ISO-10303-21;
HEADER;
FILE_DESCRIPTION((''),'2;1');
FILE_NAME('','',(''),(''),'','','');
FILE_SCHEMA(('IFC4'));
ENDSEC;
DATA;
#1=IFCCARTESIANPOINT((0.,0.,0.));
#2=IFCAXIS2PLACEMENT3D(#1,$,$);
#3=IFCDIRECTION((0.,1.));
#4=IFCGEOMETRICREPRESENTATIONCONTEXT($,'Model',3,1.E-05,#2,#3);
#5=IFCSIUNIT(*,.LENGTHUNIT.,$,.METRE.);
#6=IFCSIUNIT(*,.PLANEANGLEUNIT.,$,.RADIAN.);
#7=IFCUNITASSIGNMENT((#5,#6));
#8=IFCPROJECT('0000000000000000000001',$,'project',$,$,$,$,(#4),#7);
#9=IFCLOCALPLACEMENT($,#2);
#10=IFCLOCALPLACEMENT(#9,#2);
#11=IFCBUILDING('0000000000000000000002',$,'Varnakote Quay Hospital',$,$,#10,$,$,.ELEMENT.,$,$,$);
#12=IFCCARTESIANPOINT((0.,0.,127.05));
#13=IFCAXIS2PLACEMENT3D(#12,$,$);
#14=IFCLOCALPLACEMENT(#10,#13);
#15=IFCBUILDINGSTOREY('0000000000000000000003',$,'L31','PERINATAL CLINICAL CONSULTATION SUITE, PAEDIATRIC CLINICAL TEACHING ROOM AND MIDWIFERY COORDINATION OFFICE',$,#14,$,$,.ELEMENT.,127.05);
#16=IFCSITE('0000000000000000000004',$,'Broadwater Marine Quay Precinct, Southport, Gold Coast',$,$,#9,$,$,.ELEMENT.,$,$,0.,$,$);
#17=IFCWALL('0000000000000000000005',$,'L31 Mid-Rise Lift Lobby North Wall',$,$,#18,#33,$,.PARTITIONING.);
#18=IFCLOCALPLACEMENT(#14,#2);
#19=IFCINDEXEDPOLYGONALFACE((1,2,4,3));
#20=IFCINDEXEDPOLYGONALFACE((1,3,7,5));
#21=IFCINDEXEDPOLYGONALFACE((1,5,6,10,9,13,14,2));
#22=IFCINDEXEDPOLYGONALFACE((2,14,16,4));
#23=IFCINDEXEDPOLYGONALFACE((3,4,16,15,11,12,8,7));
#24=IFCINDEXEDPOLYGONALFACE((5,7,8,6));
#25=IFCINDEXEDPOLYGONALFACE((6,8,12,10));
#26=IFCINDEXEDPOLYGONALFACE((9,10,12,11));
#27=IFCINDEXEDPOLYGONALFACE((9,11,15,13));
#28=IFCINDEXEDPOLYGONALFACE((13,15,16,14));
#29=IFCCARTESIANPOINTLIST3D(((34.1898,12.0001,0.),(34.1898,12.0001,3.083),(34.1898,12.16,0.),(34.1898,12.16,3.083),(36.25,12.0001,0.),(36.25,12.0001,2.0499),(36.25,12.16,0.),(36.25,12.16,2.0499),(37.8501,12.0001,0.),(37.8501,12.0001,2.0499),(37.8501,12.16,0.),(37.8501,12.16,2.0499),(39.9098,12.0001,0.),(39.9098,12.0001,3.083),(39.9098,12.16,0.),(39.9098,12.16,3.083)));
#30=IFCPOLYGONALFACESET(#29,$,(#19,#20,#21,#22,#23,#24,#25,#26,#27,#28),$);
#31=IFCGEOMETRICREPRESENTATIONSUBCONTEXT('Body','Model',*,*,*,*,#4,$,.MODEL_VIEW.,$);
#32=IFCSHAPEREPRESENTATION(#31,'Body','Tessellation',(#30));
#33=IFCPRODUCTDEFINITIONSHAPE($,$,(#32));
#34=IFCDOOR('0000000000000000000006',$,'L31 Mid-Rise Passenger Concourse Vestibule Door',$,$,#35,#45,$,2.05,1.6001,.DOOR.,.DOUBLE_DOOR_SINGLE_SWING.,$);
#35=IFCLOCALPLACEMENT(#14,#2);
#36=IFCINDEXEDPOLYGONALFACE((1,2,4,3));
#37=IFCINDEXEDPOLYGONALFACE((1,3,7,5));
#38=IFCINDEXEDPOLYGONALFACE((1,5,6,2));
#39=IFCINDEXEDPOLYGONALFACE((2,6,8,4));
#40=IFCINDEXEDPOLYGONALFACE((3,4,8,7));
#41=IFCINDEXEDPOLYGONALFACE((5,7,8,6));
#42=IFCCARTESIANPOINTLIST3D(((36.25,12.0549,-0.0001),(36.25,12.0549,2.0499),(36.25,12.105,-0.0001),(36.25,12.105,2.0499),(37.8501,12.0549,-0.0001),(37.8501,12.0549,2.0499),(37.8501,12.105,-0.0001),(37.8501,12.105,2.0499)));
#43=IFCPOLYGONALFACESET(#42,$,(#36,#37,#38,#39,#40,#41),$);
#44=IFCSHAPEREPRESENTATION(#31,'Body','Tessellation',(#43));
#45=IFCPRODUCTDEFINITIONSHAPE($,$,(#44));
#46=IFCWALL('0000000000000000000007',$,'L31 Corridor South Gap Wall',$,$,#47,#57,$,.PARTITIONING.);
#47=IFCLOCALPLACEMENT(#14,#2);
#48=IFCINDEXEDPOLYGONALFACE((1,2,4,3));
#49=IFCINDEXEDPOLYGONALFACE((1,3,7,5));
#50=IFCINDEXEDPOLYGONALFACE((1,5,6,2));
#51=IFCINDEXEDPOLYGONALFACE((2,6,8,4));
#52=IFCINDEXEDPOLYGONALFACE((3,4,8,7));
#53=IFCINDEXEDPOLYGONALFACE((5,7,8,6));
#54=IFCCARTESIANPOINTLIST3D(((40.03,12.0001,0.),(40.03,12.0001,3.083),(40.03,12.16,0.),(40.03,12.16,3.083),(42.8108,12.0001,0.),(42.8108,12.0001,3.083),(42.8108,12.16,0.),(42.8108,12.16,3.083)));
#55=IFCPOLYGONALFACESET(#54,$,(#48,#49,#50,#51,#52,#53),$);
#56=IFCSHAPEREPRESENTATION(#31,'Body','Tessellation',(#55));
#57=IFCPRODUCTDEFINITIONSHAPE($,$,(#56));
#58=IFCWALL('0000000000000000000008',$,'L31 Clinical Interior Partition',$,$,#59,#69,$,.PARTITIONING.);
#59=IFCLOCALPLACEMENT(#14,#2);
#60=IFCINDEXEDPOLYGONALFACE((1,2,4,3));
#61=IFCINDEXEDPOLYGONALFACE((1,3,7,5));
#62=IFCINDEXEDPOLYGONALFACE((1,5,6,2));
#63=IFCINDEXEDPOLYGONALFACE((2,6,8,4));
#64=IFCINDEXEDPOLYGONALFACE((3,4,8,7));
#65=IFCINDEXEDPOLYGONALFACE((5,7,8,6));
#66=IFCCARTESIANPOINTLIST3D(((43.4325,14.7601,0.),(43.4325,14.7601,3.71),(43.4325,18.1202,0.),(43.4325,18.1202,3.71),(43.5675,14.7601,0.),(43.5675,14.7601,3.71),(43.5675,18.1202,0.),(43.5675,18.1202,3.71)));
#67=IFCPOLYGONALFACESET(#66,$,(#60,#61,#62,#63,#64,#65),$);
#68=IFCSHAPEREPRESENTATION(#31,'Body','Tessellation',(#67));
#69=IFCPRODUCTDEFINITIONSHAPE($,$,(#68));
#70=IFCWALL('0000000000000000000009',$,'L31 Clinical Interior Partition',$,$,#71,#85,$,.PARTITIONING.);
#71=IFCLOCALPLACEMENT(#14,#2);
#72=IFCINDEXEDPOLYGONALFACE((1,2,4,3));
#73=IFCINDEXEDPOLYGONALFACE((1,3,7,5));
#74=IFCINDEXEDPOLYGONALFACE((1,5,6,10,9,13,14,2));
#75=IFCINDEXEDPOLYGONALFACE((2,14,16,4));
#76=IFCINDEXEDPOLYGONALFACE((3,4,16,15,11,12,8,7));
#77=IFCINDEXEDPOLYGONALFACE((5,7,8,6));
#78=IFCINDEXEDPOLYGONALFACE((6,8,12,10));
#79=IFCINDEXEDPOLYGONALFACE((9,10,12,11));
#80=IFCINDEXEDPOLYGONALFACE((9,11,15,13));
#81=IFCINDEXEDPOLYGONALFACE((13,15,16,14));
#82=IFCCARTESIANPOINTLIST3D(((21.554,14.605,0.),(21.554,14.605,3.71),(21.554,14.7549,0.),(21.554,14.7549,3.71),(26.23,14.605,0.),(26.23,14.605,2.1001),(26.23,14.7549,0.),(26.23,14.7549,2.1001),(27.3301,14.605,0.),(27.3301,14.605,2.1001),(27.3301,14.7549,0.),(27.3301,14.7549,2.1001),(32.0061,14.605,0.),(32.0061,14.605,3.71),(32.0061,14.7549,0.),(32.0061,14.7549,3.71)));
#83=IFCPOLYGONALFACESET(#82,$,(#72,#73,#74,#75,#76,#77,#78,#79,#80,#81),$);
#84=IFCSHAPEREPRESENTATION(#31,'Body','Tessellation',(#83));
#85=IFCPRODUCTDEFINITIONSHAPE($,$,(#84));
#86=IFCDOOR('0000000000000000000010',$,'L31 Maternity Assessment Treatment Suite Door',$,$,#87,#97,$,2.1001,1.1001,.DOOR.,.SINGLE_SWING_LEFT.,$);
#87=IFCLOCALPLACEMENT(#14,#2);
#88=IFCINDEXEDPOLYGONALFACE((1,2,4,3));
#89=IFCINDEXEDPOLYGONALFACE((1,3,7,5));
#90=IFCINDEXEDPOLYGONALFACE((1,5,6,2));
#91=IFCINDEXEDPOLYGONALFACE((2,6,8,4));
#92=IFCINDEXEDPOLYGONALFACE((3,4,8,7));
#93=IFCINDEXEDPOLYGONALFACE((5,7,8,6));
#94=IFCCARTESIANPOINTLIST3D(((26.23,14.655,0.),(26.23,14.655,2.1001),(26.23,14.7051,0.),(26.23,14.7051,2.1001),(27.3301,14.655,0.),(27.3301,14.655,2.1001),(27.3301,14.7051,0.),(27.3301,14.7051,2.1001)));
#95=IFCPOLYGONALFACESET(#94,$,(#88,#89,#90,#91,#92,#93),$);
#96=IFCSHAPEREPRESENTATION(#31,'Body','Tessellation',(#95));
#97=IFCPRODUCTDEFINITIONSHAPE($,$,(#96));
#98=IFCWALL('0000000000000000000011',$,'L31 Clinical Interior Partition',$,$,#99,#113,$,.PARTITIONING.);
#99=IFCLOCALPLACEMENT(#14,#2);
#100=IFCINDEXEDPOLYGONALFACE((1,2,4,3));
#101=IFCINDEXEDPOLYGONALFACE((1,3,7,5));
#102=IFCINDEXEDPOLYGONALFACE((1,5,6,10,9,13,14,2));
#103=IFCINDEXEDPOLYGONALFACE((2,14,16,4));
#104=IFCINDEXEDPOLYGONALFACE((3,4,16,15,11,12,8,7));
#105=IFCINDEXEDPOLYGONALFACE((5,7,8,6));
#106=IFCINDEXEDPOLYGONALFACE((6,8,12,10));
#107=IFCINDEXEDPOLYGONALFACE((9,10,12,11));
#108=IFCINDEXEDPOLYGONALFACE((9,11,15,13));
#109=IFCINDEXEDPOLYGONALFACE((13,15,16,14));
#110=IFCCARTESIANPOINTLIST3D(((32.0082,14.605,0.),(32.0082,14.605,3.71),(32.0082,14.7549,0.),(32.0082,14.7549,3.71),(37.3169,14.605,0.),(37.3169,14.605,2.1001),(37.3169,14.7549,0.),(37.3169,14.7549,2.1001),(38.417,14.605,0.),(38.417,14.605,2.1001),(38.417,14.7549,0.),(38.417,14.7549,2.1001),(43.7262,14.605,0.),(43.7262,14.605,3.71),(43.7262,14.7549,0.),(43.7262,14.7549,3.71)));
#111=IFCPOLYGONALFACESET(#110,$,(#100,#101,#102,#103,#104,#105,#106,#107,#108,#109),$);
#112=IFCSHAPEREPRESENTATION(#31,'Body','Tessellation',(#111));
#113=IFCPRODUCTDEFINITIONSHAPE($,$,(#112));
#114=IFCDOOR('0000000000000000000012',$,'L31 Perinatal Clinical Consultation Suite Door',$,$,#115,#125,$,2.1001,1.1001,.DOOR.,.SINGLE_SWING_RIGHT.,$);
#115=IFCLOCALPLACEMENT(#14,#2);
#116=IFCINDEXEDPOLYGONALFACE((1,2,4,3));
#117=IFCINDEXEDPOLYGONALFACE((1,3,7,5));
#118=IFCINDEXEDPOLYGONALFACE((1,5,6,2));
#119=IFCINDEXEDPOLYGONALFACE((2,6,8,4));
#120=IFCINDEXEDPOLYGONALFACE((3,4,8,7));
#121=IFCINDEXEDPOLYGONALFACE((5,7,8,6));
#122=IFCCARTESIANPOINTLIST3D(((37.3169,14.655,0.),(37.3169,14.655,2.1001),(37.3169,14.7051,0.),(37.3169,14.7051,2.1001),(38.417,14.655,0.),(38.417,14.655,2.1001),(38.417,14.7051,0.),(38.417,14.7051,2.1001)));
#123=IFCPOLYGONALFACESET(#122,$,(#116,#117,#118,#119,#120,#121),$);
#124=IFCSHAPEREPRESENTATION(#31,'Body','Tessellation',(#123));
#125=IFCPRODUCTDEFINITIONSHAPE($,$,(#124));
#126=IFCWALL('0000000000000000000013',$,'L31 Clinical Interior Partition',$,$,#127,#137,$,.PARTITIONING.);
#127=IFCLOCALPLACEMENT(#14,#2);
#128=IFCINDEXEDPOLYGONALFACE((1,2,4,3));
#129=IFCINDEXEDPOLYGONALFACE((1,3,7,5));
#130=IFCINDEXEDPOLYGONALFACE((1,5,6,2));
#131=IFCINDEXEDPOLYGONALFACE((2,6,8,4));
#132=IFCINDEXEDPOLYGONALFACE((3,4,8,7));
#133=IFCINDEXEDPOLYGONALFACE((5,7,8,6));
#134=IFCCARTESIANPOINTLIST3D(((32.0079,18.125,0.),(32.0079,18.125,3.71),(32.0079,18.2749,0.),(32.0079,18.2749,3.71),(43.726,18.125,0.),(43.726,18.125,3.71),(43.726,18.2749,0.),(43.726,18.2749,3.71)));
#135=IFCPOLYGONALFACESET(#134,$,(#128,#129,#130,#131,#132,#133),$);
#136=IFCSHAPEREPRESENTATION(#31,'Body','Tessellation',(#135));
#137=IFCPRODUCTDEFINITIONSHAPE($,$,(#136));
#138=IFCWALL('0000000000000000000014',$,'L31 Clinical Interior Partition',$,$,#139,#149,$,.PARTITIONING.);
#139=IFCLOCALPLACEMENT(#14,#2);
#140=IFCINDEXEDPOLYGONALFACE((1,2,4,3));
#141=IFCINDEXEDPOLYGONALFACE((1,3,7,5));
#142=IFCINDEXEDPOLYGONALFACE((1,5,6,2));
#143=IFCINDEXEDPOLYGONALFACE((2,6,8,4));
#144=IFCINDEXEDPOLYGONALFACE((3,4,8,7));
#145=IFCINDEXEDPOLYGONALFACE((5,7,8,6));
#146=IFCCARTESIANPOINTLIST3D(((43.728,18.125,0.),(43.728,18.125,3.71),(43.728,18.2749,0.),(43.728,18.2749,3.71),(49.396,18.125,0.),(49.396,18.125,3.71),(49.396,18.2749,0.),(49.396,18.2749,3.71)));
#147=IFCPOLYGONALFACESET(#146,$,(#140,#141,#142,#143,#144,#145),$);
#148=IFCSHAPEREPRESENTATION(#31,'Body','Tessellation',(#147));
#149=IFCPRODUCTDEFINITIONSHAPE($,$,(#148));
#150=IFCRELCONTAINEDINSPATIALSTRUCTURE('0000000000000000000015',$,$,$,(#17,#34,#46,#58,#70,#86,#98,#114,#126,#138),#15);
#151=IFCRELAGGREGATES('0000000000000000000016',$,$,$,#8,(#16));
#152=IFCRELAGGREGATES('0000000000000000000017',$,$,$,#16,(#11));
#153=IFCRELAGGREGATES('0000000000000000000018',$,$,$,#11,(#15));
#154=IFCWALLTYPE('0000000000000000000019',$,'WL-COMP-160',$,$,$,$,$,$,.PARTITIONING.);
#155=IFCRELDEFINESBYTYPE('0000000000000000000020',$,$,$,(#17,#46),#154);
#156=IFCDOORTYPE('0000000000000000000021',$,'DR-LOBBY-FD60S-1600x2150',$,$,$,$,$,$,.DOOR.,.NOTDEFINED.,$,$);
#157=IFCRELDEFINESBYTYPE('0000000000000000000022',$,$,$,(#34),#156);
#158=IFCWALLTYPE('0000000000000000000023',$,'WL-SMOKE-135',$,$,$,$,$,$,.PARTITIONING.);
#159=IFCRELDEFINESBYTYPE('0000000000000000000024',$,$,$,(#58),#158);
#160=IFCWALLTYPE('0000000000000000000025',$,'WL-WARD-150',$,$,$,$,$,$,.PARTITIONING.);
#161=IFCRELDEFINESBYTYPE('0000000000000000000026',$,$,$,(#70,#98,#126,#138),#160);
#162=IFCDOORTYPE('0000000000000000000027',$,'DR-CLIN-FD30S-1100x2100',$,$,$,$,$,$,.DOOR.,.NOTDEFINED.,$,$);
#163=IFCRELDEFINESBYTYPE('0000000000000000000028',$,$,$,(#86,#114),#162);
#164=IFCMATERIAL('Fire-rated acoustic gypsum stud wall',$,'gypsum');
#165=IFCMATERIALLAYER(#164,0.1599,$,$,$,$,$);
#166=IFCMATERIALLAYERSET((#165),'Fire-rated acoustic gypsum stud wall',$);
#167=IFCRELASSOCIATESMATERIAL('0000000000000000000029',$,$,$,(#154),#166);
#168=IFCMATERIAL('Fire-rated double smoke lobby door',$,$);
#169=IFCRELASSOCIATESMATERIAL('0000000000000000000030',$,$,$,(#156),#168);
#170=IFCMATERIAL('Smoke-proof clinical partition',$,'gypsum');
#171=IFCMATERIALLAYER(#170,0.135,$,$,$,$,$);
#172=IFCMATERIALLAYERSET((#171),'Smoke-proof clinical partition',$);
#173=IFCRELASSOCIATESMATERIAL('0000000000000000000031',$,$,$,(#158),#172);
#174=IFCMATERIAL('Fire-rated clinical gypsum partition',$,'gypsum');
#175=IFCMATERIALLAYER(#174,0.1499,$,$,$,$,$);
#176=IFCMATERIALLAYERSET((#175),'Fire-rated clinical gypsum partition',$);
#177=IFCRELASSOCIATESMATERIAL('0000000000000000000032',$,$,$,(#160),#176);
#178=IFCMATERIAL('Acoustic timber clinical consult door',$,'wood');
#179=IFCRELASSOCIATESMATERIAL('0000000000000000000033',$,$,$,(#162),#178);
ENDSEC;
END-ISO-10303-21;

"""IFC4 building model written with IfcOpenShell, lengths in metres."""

from ifc_helpers import new_model, si_unit, direction, frame, frame_2d, origin, place, context, subcontext, project, spatial, rectangle, extrude, material, layer, layer_set, type_object, element, fill, save


model = new_model("IFC4")

# Units and contexts
model_context = context("Model", 3, precision=1e-05, world=origin(), true_north=direction((0.0, 1.0)))
body_context = subcontext(model_context, "Body", "Model", "MODEL_VIEW")
ifc_project = project(units=[si_unit("LENGTHUNIT", "METRE"), si_unit("PLANEANGLEUNIT", "RADIAN")], contexts=[model_context])

# Site, building, storey
site_placement = place(None, origin())
site = spatial("IfcSite", under=ifc_project, at=site_placement, Name="Broadwater Marine Quay Precinct, Southport, Gold Coast", CompositionType="ELEMENT", RefElevation=0.0)
building_placement = place(site_placement, origin())
building = spatial("IfcBuilding", under=site, at=building_placement, Name="Varnakote Quay Hospital", CompositionType="ELEMENT")
storey_placement = place(building_placement, frame((0.0, 0.0, 127.05)))
storey = spatial("IfcBuildingStorey", under=building, at=storey_placement, Name="L31", Description="PERINATAL CLINICAL CONSULTATION SUITE, PAEDIATRIC CLINICAL TEACHING ROOM AND MIDWIFERY COORDINATION OFFICE", CompositionType="ELEMENT", Elevation=127.05)

# Wall, opening, door
ifc_material_1 = material(Name="Fire-rated acoustic gypsum stud wall", Category="gypsum")
ifc_layer_1 = layer(ifc_material_1, 0.1599)
ifc_layer_set_1 = layer_set([ifc_layer_1], Name="Fire-rated acoustic gypsum stud wall")
wall_type_1 = type_object("IfcWallType", Name="WL-COMP-160", PredefinedType="PARTITIONING", material=ifc_layer_set_1)
wall_1_placement = place(storey_placement, frame((34.1899, 12.0801, 0.0), z_axis=(0.0, 0.0, 1.0), x_axis=(1.0, 0.0, 0.0)))
wall_1 = element("IfcWall", 1, at=wall_1_placement, inside=storey, type_object=wall_type_1, Name="L31 Mid-Rise Lift Lobby North Wall", PredefinedType="PARTITIONING", context=body_context, shape_type="SweptSolid", body=[
    extrude(rectangle(XDim=5.72, YDim=0.1599, at=frame_2d((2.8599, 0.0))), origin(), (0.0, 0.0, 1.0), 3.083),
])
opening_1_placement = place(wall_1_placement, frame((2.0601, 0.0, 0.0)))
opening_1 = element("IfcOpeningElement", 2, at=opening_1_placement, cuts=wall_1, PredefinedType="OPENING", context=body_context, shape_type="SweptSolid", body=[
    extrude(rectangle(XDim=1.6001, YDim=2.05, at=frame_2d((0.8, 1.0249))), frame((0.0, 0.0898, 0.0), z_axis=(0.0, -1.0, 0.0), x_axis=(1.0, 0.0, 0.0)), (0.0, 0.0, 1.0), 0.1799),
])
ifc_material_2 = material(Name="Fire-rated double smoke lobby door")
door_type_1 = type_object("IfcDoorType", Name="DR-LOBBY-FD60S-1600x2150", OperationType="NOTDEFINED", PredefinedType="DOOR", material=ifc_material_2)
door_1_placement = place(opening_1_placement, origin())
door_1 = element("IfcDoor", 3, at=door_1_placement, inside=storey, type_object=door_type_1, Name="L31 Mid-Rise Passenger Concourse Vestibule Door", OperationType="DOUBLE_DOOR_SINGLE_SWING", OverallHeight=2.05, OverallWidth=1.6001, PredefinedType="DOOR", context=body_context, shape_type="SweptSolid", body=[
    extrude(rectangle(XDim=1.6001, YDim=2.05, at=frame_2d((0.8, 1.0249))), frame((0.0, 0.0249, 0.0), z_axis=(0.0, -1.0, 0.0), x_axis=(1.0, 0.0, 0.0)), (0.0, 0.0, 1.0), 0.05),
])
fill(opening_1, door_1)

# Wall
wall_2_placement = place(storey_placement, frame((40.03, 12.0801, 0.0), z_axis=(0.0, 0.0, 1.0), x_axis=(1.0, 0.0, 0.0)))
element("IfcWall", 4, at=wall_2_placement, inside=storey, type_object=wall_type_1, Name="L31 Corridor South Gap Wall", PredefinedType="PARTITIONING", context=body_context, shape_type="SweptSolid", body=[
    extrude(rectangle(XDim=2.7808, YDim=0.1599, at=frame_2d((1.3904, 0.0))), origin(), (0.0, 0.0, 1.0), 3.083),
])

# Wall
ifc_material_3 = material(Name="Smoke-proof clinical partition", Category="gypsum")
ifc_layer_2 = layer(ifc_material_3, 0.135)
ifc_layer_set_2 = layer_set([ifc_layer_2], Name="Smoke-proof clinical partition")
wall_type_2 = type_object("IfcWallType", Name="WL-SMOKE-135", PredefinedType="PARTITIONING", material=ifc_layer_set_2)
wall_3_placement = place(storey_placement, frame((43.5, 14.76, 0.0), z_axis=(0.0, 0.0, 1.0), x_axis=(0.0, 1.0, 0.0)))
element("IfcWall", 5, at=wall_3_placement, inside=storey, type_object=wall_type_2, Name="L31 Clinical Interior Partition", PredefinedType="PARTITIONING", context=body_context, shape_type="SweptSolid", body=[
    extrude(rectangle(XDim=3.3601, YDim=0.135, at=frame_2d((1.6802, 0.0))), origin(), (0.0, 0.0, 1.0), 3.71),
])

# Walls, openings, doors
ifc_material_4 = material(Name="Fire-rated clinical gypsum partition", Category="gypsum")
ifc_layer_3 = layer(ifc_material_4, 0.1499)
ifc_layer_set_3 = layer_set([ifc_layer_3], Name="Fire-rated clinical gypsum partition")
wall_type_3 = type_object("IfcWallType", Name="WL-WARD-150", PredefinedType="PARTITIONING", material=ifc_layer_set_3)
wall_4_placement = place(storey_placement, frame((32.0061, 14.6799, 0.0), z_axis=(0.0, 0.0, 1.0), x_axis=(-1.0, 0.0, 0.0)))
wall_4 = element("IfcWall", 6, at=wall_4_placement, inside=storey, type_object=wall_type_3, Name="L31 Clinical Interior Partition", PredefinedType="PARTITIONING", context=body_context, shape_type="SweptSolid", body=[
    extrude(rectangle(XDim=10.4521, YDim=0.1499, at=frame_2d((5.2261, 0.0))), origin(), (0.0, 0.0, 1.0), 3.71),
])
opening_2_placement = place(wall_4_placement, frame((4.676, 0.0, 0.0)))
opening_2 = element("IfcOpeningElement", 7, at=opening_2_placement, cuts=wall_4, PredefinedType="OPENING", context=body_context, shape_type="SweptSolid", body=[
    extrude(rectangle(XDim=1.1001, YDim=2.1001, at=frame_2d((0.55, 1.05))), frame((0.0, 0.085, 0.0), z_axis=(0.0, -1.0, 0.0), x_axis=(1.0, 0.0, 0.0)), (0.0, 0.0, 1.0), 0.1699),
])
ifc_material_5 = material(Name="Acoustic timber clinical consult door", Category="wood")
door_type_2 = type_object("IfcDoorType", Name="DR-CLIN-FD30S-1100x2100", OperationType="NOTDEFINED", PredefinedType="DOOR", material=ifc_material_5)
door_2_placement = place(opening_2_placement, origin())
door_2 = element("IfcDoor", 8, at=door_2_placement, inside=storey, type_object=door_type_2, Name="L31 Maternity Assessment Treatment Suite Door", OperationType="SINGLE_SWING_LEFT", OverallHeight=2.1001, OverallWidth=1.1001, PredefinedType="DOOR", context=body_context, shape_type="SweptSolid", body=[
    extrude(rectangle(XDim=1.1001, YDim=2.1001, at=frame_2d((0.55, 1.05))), frame((0.0, 0.0249, 0.0), z_axis=(0.0, -1.0, 0.0), x_axis=(1.0, 0.0, 0.0)), (0.0, 0.0, 1.0), 0.05),
])
fill(opening_2, door_2)
wall_5_placement = place(storey_placement, frame((43.7261, 14.6799, 0.0), z_axis=(0.0, 0.0, 1.0), x_axis=(-1.0, 0.0, 0.0)))
wall_5 = element("IfcWall", 9, at=wall_5_placement, inside=storey, type_object=wall_type_3, Name="L31 Clinical Interior Partition", PredefinedType="PARTITIONING", context=body_context, shape_type="SweptSolid", body=[
    extrude(rectangle(XDim=11.718, YDim=0.1499, at=frame_2d((5.8589, 0.0))), origin(), (0.0, 0.0, 1.0), 3.71),
])
opening_3_placement = place(wall_5_placement, frame((5.3091, 0.0, 0.0)))
opening_3 = element("IfcOpeningElement", 10, at=opening_3_placement, cuts=wall_5, PredefinedType="OPENING", context=body_context, shape_type="SweptSolid", body=[
    extrude(rectangle(XDim=1.1001, YDim=2.1001, at=frame_2d((0.55, 1.05))), frame((0.0, 0.085, 0.0), z_axis=(0.0, -1.0, 0.0), x_axis=(1.0, 0.0, 0.0)), (0.0, 0.0, 1.0), 0.1699),
])
door_3_placement = place(opening_3_placement, origin())
door_3 = element("IfcDoor", 11, at=door_3_placement, inside=storey, type_object=door_type_2, Name="L31 Perinatal Clinical Consultation Suite Door", OperationType="SINGLE_SWING_RIGHT", OverallHeight=2.1001, OverallWidth=1.1001, PredefinedType="DOOR", context=body_context, shape_type="SweptSolid", body=[
    extrude(rectangle(XDim=1.1001, YDim=2.1001, at=frame_2d((0.55, 1.05))), frame((0.0, 0.0249, 0.0), z_axis=(0.0, -1.0, 0.0), x_axis=(1.0, 0.0, 0.0)), (0.0, 0.0, 1.0), 0.05),
])
fill(opening_3, door_3)

# Walls
wall_6_placement = place(storey_placement, frame((32.0081, 18.2, 0.0), z_axis=(0.0, 0.0, 1.0), x_axis=(1.0, 0.0, 0.0)))
element("IfcWall", 12, at=wall_6_placement, inside=storey, type_object=wall_type_3, Name="L31 Clinical Interior Partition", PredefinedType="PARTITIONING", context=body_context, shape_type="SweptSolid", body=[
    extrude(rectangle(XDim=11.718, YDim=0.1499, at=frame_2d((5.8589, 0.0))), origin(), (0.0, 0.0, 1.0), 3.71),
])
wall_7_placement = place(storey_placement, frame((43.728, 18.2, 0.0), z_axis=(0.0, 0.0, 1.0), x_axis=(1.0, 0.0, 0.0)))
element("IfcWall", 13, at=wall_7_placement, inside=storey, type_object=wall_type_3, Name="L31 Clinical Interior Partition", PredefinedType="PARTITIONING", context=body_context, shape_type="SweptSolid", body=[
    extrude(rectangle(XDim=5.668, YDim=0.1499, at=frame_2d((2.834, 0.0))), origin(), (0.0, 0.0, 1.0), 3.71),
])

save(model, "model.ifc")
